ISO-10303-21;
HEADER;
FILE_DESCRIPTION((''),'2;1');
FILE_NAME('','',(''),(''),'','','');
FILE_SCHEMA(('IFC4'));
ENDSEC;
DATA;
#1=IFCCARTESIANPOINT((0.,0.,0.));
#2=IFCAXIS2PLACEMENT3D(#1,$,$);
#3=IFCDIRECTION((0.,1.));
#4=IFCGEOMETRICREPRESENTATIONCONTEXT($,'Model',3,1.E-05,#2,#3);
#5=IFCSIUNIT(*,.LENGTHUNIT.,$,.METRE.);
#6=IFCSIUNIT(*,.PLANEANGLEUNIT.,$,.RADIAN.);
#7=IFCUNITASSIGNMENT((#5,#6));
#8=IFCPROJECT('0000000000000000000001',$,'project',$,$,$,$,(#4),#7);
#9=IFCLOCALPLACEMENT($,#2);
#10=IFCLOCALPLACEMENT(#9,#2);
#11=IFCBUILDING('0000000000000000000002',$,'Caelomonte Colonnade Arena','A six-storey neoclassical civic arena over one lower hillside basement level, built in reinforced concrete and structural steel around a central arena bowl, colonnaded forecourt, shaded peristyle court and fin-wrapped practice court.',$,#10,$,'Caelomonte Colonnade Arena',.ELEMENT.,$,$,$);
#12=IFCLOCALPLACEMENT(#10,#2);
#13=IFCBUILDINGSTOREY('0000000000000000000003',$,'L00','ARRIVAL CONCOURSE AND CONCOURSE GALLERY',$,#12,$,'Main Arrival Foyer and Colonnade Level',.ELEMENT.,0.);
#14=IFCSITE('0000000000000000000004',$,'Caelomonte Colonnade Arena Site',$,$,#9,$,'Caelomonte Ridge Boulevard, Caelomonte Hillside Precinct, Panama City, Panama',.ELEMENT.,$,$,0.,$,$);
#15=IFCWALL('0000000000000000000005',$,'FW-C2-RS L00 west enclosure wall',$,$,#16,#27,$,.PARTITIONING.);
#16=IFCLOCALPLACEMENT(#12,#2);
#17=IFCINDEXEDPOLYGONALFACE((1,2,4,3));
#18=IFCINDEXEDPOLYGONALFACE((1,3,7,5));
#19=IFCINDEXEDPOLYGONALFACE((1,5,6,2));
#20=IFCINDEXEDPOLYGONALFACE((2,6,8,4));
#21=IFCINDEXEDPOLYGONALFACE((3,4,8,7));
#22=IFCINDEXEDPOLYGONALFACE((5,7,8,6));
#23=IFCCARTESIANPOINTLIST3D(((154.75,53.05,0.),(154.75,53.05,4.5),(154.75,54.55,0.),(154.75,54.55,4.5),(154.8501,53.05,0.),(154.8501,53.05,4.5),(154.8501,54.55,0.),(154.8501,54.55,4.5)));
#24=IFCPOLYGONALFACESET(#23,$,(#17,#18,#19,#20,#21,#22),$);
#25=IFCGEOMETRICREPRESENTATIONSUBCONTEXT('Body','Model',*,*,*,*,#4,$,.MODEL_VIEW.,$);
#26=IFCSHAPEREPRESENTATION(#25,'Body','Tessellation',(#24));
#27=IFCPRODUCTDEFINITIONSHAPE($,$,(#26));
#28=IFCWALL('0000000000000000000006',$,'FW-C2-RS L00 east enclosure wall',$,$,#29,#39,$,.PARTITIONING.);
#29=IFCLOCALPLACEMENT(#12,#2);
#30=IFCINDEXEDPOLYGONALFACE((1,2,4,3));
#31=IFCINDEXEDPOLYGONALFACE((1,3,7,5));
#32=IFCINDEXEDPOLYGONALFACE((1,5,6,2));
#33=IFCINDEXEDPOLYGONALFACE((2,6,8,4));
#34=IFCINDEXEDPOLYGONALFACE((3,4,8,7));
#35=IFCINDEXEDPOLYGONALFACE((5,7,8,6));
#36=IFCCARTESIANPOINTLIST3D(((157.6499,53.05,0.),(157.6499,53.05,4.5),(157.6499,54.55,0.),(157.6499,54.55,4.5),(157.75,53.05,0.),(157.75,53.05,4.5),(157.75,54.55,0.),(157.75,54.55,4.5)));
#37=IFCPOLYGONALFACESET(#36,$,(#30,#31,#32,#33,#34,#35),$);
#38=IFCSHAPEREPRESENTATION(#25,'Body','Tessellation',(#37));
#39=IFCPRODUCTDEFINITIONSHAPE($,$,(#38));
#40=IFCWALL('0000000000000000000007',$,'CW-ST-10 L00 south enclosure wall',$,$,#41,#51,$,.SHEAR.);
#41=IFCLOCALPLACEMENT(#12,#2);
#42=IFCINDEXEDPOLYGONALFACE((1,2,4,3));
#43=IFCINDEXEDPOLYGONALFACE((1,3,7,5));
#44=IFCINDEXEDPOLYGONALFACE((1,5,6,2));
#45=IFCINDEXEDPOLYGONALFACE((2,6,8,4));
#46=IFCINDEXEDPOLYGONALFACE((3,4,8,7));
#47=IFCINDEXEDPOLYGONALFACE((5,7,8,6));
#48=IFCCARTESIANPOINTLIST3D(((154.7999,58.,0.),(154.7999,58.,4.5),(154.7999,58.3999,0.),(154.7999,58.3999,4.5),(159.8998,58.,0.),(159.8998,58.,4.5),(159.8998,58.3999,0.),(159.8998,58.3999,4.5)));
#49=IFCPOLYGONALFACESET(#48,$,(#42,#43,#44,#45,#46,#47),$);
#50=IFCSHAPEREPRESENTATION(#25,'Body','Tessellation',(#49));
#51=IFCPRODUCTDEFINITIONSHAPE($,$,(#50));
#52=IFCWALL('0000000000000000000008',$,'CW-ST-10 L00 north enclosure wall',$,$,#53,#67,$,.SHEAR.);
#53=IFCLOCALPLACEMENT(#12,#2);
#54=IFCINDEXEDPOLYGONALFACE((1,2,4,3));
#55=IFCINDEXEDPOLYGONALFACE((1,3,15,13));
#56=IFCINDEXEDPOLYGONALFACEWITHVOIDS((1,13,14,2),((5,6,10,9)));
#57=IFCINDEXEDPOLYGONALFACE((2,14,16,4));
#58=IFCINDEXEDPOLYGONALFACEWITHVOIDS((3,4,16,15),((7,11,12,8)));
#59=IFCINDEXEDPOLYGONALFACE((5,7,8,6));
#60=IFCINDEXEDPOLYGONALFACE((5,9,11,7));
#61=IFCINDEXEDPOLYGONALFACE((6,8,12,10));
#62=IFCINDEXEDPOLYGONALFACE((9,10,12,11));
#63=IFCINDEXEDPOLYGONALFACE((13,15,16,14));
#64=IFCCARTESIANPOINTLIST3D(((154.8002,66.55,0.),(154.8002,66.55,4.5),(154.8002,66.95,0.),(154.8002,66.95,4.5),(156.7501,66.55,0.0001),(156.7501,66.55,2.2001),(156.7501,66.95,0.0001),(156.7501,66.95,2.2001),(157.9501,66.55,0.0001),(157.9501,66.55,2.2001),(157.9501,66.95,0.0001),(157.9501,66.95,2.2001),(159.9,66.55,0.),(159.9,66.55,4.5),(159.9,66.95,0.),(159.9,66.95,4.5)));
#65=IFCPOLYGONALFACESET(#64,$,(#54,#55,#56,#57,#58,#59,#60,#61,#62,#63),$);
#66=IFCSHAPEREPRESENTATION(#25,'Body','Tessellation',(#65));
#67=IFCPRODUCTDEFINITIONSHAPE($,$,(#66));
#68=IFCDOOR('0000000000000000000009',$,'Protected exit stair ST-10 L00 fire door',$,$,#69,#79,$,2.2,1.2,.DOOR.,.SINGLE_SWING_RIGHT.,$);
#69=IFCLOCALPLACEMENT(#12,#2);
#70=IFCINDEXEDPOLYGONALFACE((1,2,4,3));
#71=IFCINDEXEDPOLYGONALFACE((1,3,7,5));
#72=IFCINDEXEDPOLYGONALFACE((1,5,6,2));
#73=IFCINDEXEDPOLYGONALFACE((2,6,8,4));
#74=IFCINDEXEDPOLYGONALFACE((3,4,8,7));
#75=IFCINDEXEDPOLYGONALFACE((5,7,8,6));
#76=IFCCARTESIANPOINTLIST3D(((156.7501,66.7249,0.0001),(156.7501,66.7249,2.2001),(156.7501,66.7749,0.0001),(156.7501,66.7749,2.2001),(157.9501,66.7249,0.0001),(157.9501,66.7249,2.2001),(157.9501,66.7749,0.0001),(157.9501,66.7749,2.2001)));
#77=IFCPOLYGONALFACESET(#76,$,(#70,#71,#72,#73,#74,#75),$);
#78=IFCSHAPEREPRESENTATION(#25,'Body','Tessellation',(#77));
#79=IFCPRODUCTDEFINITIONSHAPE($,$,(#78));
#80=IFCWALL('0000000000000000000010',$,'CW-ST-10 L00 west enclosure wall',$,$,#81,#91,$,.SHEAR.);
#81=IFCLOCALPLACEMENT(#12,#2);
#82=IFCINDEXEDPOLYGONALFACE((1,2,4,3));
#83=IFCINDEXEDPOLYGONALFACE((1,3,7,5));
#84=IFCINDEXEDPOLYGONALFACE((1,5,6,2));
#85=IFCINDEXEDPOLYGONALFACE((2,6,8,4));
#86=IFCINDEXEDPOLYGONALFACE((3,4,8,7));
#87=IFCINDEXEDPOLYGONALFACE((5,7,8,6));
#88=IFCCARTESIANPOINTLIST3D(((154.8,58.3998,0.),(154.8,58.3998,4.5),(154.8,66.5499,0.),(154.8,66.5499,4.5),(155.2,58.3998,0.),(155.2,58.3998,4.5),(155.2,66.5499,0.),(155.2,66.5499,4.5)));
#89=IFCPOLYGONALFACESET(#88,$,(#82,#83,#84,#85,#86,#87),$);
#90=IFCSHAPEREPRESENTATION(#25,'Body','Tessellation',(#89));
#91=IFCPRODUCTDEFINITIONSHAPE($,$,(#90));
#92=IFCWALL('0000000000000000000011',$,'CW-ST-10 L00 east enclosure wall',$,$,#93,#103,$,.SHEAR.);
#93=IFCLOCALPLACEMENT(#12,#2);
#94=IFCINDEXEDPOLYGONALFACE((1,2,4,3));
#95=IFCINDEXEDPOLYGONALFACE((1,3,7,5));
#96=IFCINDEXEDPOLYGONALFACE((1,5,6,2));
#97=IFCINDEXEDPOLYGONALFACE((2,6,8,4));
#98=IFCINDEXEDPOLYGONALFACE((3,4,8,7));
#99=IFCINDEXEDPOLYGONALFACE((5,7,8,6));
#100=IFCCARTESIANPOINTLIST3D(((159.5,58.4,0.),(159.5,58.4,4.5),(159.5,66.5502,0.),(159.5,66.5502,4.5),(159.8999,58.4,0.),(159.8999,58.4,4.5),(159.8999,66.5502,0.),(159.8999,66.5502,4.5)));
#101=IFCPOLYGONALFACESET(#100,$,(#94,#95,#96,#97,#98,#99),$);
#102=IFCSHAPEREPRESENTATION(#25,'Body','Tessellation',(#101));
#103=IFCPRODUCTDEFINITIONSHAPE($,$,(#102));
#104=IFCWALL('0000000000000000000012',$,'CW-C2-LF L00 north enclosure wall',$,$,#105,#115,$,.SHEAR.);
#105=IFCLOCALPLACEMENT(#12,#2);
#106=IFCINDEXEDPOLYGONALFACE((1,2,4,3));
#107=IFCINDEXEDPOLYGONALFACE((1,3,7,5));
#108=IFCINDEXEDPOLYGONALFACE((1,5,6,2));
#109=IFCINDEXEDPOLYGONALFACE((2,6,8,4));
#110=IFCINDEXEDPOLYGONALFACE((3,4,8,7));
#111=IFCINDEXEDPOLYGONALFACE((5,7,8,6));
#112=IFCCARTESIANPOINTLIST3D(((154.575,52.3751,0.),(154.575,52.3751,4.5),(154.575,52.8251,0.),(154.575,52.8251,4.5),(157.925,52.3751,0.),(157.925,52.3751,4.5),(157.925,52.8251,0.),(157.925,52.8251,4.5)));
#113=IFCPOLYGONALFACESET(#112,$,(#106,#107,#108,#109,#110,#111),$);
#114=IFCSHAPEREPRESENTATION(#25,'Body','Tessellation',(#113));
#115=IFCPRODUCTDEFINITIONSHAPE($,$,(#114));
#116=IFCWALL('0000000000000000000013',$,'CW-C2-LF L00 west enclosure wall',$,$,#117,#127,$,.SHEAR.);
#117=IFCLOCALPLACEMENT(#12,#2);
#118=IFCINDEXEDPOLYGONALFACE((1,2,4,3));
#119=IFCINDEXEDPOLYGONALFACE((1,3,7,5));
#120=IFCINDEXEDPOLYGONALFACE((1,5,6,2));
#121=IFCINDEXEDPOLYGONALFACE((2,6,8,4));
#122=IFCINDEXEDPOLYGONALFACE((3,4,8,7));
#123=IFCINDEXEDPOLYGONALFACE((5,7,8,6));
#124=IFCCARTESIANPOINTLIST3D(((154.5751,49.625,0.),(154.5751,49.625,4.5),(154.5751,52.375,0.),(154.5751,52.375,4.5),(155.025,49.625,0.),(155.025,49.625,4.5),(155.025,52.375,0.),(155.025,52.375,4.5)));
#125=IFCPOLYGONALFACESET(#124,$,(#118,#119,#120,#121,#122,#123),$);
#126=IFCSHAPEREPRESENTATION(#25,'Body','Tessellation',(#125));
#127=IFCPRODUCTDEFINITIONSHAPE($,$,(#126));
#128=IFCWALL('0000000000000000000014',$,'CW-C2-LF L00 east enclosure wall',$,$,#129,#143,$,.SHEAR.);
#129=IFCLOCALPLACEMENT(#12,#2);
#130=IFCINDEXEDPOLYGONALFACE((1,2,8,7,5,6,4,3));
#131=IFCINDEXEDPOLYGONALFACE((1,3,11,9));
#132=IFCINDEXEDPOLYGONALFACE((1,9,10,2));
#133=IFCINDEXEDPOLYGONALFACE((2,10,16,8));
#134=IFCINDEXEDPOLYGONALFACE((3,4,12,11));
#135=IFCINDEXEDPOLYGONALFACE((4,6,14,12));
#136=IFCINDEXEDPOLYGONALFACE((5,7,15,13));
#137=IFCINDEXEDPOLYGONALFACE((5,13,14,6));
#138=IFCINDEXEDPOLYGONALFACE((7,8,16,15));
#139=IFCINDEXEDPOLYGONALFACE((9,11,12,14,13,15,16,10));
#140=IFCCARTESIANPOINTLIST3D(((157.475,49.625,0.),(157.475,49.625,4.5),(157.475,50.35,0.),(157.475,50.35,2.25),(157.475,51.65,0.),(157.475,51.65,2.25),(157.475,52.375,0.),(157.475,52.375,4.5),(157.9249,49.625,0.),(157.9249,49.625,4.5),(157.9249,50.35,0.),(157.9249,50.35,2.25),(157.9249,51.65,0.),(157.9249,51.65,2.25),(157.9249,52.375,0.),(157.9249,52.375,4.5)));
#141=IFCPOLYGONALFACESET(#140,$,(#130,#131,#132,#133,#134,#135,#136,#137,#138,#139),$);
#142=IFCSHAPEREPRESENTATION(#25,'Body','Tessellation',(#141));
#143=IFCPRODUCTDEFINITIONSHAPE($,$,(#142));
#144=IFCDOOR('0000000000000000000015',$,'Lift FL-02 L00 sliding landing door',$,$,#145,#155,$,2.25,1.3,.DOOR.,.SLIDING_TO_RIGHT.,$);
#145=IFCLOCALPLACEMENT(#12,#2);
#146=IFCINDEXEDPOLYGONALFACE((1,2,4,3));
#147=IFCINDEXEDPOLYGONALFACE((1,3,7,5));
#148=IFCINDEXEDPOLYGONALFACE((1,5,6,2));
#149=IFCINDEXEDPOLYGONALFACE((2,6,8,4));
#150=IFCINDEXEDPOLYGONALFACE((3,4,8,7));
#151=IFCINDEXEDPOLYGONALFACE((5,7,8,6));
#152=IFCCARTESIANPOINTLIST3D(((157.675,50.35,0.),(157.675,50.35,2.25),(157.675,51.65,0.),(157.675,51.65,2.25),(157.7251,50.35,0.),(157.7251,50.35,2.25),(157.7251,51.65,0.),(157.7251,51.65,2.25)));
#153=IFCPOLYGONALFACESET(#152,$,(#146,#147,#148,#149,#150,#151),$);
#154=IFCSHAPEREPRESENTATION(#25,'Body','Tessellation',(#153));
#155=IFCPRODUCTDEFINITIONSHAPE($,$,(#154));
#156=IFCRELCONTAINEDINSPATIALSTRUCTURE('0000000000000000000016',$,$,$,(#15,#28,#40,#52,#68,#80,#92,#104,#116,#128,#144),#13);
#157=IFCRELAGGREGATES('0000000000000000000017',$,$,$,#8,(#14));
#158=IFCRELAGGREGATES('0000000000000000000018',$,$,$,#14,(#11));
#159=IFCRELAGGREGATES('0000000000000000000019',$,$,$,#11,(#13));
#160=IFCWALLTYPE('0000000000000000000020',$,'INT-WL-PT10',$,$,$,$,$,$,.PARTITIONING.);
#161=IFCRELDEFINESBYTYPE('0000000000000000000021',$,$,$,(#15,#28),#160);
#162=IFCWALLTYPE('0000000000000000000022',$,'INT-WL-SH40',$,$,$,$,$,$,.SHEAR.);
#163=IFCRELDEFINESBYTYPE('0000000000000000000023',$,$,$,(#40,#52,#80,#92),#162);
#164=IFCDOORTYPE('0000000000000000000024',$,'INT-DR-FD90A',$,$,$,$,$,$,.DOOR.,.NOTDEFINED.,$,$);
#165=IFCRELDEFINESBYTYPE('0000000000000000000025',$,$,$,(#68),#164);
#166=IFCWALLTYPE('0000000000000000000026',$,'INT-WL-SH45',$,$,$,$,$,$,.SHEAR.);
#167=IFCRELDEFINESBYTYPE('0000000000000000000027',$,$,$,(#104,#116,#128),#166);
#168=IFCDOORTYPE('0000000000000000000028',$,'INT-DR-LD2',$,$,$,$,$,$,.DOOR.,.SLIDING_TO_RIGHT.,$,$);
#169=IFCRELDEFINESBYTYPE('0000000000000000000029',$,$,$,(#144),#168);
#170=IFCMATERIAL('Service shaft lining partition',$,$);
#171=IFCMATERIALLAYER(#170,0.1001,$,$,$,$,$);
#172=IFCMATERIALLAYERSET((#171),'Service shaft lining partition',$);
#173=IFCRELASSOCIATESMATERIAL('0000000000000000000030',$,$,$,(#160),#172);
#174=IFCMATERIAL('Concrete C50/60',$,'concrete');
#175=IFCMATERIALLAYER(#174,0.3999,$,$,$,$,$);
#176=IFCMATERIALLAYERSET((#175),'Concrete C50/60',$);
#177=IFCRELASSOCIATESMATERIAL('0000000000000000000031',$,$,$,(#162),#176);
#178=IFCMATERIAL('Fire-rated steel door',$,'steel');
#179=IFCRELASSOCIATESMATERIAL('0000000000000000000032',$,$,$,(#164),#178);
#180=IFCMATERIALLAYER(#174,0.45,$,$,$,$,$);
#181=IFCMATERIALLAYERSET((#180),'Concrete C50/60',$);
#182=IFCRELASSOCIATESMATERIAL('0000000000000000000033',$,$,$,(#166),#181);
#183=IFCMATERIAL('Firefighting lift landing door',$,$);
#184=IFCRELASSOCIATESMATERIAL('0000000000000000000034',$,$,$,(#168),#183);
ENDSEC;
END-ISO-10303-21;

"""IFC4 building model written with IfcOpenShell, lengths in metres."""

from ifc_helpers import new_model, si_unit, direction, frame, frame_2d, origin, place, context, subcontext, project, spatial, rectangle, extrude, material, layer, layer_set, type_object, element, fill, save


model = new_model("IFC4")

# Units and contexts
model_context = context("Model", 3, precision=1e-05, world=origin(), true_north=direction((0.0, 1.0)))
body_context = subcontext(model_context, "Body", "Model", "MODEL_VIEW")
ifc_project = project(units=[si_unit("LENGTHUNIT", "METRE"), si_unit("PLANEANGLEUNIT", "RADIAN")], contexts=[model_context])

# Site, building, storey
site_placement = place(None, origin())
site = spatial("IfcSite", under=ifc_project, at=site_placement, Name="Caelomonte Colonnade Arena Site", LongName="Caelomonte Ridge Boulevard, Caelomonte Hillside Precinct, Panama City, Panama", CompositionType="ELEMENT", RefElevation=0.0)
building_placement = place(site_placement, origin())
building = spatial("IfcBuilding", under=site, at=building_placement, Name="Caelomonte Colonnade Arena", Description="A six-storey neoclassical civic arena over one lower hillside basement level, built in reinforced concrete and structural steel around a central arena bowl, colonnaded forecourt, shaded peristyle court and fin-wrapped practice court.", LongName="Caelomonte Colonnade Arena", CompositionType="ELEMENT")
storey_placement = place(building_placement, origin())
storey = spatial("IfcBuildingStorey", under=building, at=storey_placement, Name="L00", Description="ARRIVAL CONCOURSE AND CONCOURSE GALLERY", LongName="Main Arrival Foyer and Colonnade Level", CompositionType="ELEMENT", Elevation=0.0)

# Shared definitions
ifc_material_1 = material(Name="Concrete C50/60", Category="concrete")

# Walls
ifc_material_2 = material(Name="Service shaft lining partition")
ifc_layer_1 = layer(ifc_material_2, 0.1001)
ifc_layer_set_1 = layer_set([ifc_layer_1], Name="Service shaft lining partition")
wall_type_1 = type_object("IfcWallType", Name="INT-WL-PT10", PredefinedType="PARTITIONING", material=ifc_layer_set_1)
for number, where, z_axis, x_axis, name in (
    (1, (154.8, 54.55, 0.0), (0.0, 0.0, 1.0), (0.0, -1.0, 0.0), "FW-C2-RS L00 west enclosure wall"),
    (2, (157.7, 53.05, 0.0), (0.0, 0.0, 1.0), (0.0, 1.0, 0.0), "FW-C2-RS L00 east enclosure wall"),
):
    element("IfcWall", number, at=place(storey_placement, frame(where, z_axis=z_axis, x_axis=x_axis)), inside=storey, type_object=wall_type_1, Name=name, PredefinedType="PARTITIONING", context=body_context, shape_type="SweptSolid", body=[
        extrude(rectangle(XDim=1.5, YDim=0.1001, at=frame_2d((0.75, 0.0))), origin(), (0.0, 0.0, 1.0), 4.5),
    ])
ifc_layer_2 = layer(ifc_material_1, 0.3999)
ifc_layer_set_2 = layer_set([ifc_layer_2], Name="Concrete C50/60")
wall_type_2 = type_object("IfcWallType", Name="INT-WL-SH40", PredefinedType="SHEAR", material=ifc_layer_set_2)
wall_1_placement = place(storey_placement, frame((154.8, 58.2, 0.0), z_axis=(0.0, 0.0, 1.0), x_axis=(1.0, 0.0, 0.0)))
element("IfcWall", 3, at=wall_1_placement, inside=storey, type_object=wall_type_2, Name="CW-ST-10 L00 south enclosure wall", PredefinedType="SHEAR", context=body_context, shape_type="SweptSolid", body=[
    extrude(rectangle(XDim=5.0999, YDim=0.3999, at=frame_2d((2.5498, 0.0))), origin(), (0.0, 0.0, 1.0), 4.5),
])

# Wall, opening, door
wall_2_placement = place(storey_placement, frame((159.8999, 66.75, 0.0), z_axis=(0.0, 0.0, 1.0), x_axis=(-1.0, 0.0, 0.0)))
wall_2 = element("IfcWall", 4, at=wall_2_placement, inside=storey, type_object=wall_type_2, Name="CW-ST-10 L00 north enclosure wall", PredefinedType="SHEAR", context=body_context, shape_type="SweptSolid", body=[
    extrude(rectangle(XDim=5.0999, YDim=0.3999, at=frame_2d((2.5498, 0.0))), origin(), (0.0, 0.0, 1.0), 4.5),
])
opening_1_placement = place(wall_2_placement, frame((3.1499, 0.0, 0.0), z_axis=(0.0, 0.0, 1.0), x_axis=(-1.0, 0.0, 0.0)))
opening_1 = element("IfcOpeningElement", 5, at=opening_1_placement, cuts=wall_2, PredefinedType="OPENING", context=body_context, shape_type="SweptSolid", body=[
    extrude(rectangle(XDim=1.2, YDim=2.2, at=frame_2d((0.6001, 1.1001))), frame((0.0, 0.21, 0.0), z_axis=(0.0, -1.0, 0.0), x_axis=(1.0, 0.0, 0.0)), (0.0, 0.0, 1.0), 0.4199),
])
ifc_material_3 = material(Name="Fire-rated steel door", Category="steel")
door_type_1 = type_object("IfcDoorType", Name="INT-DR-FD90A", OperationType="NOTDEFINED", PredefinedType="DOOR", material=ifc_material_3)
door_1_placement = place(opening_1_placement, origin())
door_1 = element("IfcDoor", 6, at=door_1_placement, inside=storey, type_object=door_type_1, Name="Protected exit stair ST-10 L00 fire door", OperationType="SINGLE_SWING_RIGHT", OverallHeight=2.2, OverallWidth=1.2, PredefinedType="DOOR", context=body_context, shape_type="SweptSolid", body=[
    extrude(rectangle(XDim=1.2, YDim=2.2, at=frame_2d((0.6001, 1.1001))), frame((0.0, 0.0249, 0.0), z_axis=(0.0, -1.0, 0.0), x_axis=(1.0, 0.0, 0.0)), (0.0, 0.0, 1.0), 0.05),
])
fill(opening_1, door_1)

# Walls
for number, where, z_axis, x_axis, name in (
    (7, (155.0, 66.55, 0.0), (0.0, 0.0, 1.0), (0.0, -1.0, 0.0), "CW-ST-10 L00 west enclosure wall"),
    (8, (159.7, 58.3999, 0.0), (0.0, 0.0, 1.0), (0.0, 1.0, 0.0), "CW-ST-10 L00 east enclosure wall"),
):
    element("IfcWall", number, at=place(storey_placement, frame(where, z_axis=z_axis, x_axis=x_axis)), inside=storey, type_object=wall_type_2, Name=name, PredefinedType="SHEAR", context=body_context, shape_type="SweptSolid", body=[
        extrude(rectangle(XDim=8.1501, YDim=0.3999, at=frame_2d((4.0752, 0.0))), origin(), (0.0, 0.0, 1.0), 4.5),
    ])
ifc_layer_3 = layer(ifc_material_1, 0.45)
ifc_layer_set_3 = layer_set([ifc_layer_3], Name="Concrete C50/60")
wall_type_3 = type_object("IfcWallType", Name="INT-WL-SH45", PredefinedType="SHEAR", material=ifc_layer_set_3)
wall_3_placement = place(storey_placement, frame((157.925, 52.6001, 0.0), z_axis=(0.0, 0.0, 1.0), x_axis=(-1.0, 0.0, 0.0)))
element("IfcWall", 9, at=wall_3_placement, inside=storey, type_object=wall_type_3, Name="CW-C2-LF L00 north enclosure wall", PredefinedType="SHEAR", context=body_context, shape_type="SweptSolid", body=[
    extrude(rectangle(XDim=3.3501, YDim=0.45, at=frame_2d((1.675, 0.0))), origin(), (0.0, 0.0, 1.0), 4.5),
])
wall_4_placement = place(storey_placement, frame((154.8, 52.375, 0.0), z_axis=(0.0, 0.0, 1.0), x_axis=(0.0, -1.0, 0.0)))
element("IfcWall", 10, at=wall_4_placement, inside=storey, type_object=wall_type_3, Name="CW-C2-LF L00 west enclosure wall", PredefinedType="SHEAR", context=body_context, shape_type="SweptSolid", body=[
    extrude(rectangle(XDim=2.75, YDim=0.45, at=frame_2d((1.375, 0.0))), origin(), (0.0, 0.0, 1.0), 4.5),
])

# Wall, opening, door
wall_5_placement = place(storey_placement, frame((157.7, 49.625, 0.0), z_axis=(0.0, 0.0, 1.0), x_axis=(0.0, 1.0, 0.0)))
wall_5 = element("IfcWall", 11, at=wall_5_placement, inside=storey, type_object=wall_type_3, Name="CW-C2-LF L00 east enclosure wall", PredefinedType="SHEAR", context=body_context, shape_type="SweptSolid", body=[
    extrude(rectangle(XDim=2.75, YDim=0.45, at=frame_2d((1.375, 0.0))), origin(), (0.0, 0.0, 1.0), 4.5),
])
opening_2_placement = place(wall_5_placement, frame((0.7251, 0.0, 0.0), z_axis=(0.0, 0.0, 1.0), x_axis=(1.0, 0.0, 0.0)))
opening_2 = element("IfcOpeningElement", 12, at=opening_2_placement, cuts=wall_5, PredefinedType="OPENING", context=body_context, shape_type="SweptSolid", body=[
    extrude(rectangle(XDim=1.3, YDim=2.25, at=frame_2d((0.6499, 1.125))), frame((0.0, 0.2349, 0.0), z_axis=(0.0, -1.0, 0.0), x_axis=(1.0, 0.0, 0.0)), (0.0, 0.0, 1.0), 0.47),
])
ifc_material_4 = material(Name="Firefighting lift landing door")
door_type_2 = type_object("IfcDoorType", Name="INT-DR-LD2", OperationType="SLIDING_TO_RIGHT", PredefinedType="DOOR", material=ifc_material_4)
door_2_placement = place(opening_2_placement, origin())
door_2 = element("IfcDoor", 13, at=door_2_placement, inside=storey, type_object=door_type_2, Name="Lift FL-02 L00 sliding landing door", OperationType="SLIDING_TO_RIGHT", OverallHeight=2.25, OverallWidth=1.3, PredefinedType="DOOR", context=body_context, shape_type="SweptSolid", body=[
    extrude(rectangle(XDim=1.3, YDim=2.25, at=frame_2d((0.6499, 1.125))), frame((0.0, 0.0249, 0.0), z_axis=(0.0, -1.0, 0.0), x_axis=(1.0, 0.0, 0.0)), (0.0, 0.0, 1.0), 0.05),
])
fill(opening_2, door_2)

save(model, "model.ifc")
